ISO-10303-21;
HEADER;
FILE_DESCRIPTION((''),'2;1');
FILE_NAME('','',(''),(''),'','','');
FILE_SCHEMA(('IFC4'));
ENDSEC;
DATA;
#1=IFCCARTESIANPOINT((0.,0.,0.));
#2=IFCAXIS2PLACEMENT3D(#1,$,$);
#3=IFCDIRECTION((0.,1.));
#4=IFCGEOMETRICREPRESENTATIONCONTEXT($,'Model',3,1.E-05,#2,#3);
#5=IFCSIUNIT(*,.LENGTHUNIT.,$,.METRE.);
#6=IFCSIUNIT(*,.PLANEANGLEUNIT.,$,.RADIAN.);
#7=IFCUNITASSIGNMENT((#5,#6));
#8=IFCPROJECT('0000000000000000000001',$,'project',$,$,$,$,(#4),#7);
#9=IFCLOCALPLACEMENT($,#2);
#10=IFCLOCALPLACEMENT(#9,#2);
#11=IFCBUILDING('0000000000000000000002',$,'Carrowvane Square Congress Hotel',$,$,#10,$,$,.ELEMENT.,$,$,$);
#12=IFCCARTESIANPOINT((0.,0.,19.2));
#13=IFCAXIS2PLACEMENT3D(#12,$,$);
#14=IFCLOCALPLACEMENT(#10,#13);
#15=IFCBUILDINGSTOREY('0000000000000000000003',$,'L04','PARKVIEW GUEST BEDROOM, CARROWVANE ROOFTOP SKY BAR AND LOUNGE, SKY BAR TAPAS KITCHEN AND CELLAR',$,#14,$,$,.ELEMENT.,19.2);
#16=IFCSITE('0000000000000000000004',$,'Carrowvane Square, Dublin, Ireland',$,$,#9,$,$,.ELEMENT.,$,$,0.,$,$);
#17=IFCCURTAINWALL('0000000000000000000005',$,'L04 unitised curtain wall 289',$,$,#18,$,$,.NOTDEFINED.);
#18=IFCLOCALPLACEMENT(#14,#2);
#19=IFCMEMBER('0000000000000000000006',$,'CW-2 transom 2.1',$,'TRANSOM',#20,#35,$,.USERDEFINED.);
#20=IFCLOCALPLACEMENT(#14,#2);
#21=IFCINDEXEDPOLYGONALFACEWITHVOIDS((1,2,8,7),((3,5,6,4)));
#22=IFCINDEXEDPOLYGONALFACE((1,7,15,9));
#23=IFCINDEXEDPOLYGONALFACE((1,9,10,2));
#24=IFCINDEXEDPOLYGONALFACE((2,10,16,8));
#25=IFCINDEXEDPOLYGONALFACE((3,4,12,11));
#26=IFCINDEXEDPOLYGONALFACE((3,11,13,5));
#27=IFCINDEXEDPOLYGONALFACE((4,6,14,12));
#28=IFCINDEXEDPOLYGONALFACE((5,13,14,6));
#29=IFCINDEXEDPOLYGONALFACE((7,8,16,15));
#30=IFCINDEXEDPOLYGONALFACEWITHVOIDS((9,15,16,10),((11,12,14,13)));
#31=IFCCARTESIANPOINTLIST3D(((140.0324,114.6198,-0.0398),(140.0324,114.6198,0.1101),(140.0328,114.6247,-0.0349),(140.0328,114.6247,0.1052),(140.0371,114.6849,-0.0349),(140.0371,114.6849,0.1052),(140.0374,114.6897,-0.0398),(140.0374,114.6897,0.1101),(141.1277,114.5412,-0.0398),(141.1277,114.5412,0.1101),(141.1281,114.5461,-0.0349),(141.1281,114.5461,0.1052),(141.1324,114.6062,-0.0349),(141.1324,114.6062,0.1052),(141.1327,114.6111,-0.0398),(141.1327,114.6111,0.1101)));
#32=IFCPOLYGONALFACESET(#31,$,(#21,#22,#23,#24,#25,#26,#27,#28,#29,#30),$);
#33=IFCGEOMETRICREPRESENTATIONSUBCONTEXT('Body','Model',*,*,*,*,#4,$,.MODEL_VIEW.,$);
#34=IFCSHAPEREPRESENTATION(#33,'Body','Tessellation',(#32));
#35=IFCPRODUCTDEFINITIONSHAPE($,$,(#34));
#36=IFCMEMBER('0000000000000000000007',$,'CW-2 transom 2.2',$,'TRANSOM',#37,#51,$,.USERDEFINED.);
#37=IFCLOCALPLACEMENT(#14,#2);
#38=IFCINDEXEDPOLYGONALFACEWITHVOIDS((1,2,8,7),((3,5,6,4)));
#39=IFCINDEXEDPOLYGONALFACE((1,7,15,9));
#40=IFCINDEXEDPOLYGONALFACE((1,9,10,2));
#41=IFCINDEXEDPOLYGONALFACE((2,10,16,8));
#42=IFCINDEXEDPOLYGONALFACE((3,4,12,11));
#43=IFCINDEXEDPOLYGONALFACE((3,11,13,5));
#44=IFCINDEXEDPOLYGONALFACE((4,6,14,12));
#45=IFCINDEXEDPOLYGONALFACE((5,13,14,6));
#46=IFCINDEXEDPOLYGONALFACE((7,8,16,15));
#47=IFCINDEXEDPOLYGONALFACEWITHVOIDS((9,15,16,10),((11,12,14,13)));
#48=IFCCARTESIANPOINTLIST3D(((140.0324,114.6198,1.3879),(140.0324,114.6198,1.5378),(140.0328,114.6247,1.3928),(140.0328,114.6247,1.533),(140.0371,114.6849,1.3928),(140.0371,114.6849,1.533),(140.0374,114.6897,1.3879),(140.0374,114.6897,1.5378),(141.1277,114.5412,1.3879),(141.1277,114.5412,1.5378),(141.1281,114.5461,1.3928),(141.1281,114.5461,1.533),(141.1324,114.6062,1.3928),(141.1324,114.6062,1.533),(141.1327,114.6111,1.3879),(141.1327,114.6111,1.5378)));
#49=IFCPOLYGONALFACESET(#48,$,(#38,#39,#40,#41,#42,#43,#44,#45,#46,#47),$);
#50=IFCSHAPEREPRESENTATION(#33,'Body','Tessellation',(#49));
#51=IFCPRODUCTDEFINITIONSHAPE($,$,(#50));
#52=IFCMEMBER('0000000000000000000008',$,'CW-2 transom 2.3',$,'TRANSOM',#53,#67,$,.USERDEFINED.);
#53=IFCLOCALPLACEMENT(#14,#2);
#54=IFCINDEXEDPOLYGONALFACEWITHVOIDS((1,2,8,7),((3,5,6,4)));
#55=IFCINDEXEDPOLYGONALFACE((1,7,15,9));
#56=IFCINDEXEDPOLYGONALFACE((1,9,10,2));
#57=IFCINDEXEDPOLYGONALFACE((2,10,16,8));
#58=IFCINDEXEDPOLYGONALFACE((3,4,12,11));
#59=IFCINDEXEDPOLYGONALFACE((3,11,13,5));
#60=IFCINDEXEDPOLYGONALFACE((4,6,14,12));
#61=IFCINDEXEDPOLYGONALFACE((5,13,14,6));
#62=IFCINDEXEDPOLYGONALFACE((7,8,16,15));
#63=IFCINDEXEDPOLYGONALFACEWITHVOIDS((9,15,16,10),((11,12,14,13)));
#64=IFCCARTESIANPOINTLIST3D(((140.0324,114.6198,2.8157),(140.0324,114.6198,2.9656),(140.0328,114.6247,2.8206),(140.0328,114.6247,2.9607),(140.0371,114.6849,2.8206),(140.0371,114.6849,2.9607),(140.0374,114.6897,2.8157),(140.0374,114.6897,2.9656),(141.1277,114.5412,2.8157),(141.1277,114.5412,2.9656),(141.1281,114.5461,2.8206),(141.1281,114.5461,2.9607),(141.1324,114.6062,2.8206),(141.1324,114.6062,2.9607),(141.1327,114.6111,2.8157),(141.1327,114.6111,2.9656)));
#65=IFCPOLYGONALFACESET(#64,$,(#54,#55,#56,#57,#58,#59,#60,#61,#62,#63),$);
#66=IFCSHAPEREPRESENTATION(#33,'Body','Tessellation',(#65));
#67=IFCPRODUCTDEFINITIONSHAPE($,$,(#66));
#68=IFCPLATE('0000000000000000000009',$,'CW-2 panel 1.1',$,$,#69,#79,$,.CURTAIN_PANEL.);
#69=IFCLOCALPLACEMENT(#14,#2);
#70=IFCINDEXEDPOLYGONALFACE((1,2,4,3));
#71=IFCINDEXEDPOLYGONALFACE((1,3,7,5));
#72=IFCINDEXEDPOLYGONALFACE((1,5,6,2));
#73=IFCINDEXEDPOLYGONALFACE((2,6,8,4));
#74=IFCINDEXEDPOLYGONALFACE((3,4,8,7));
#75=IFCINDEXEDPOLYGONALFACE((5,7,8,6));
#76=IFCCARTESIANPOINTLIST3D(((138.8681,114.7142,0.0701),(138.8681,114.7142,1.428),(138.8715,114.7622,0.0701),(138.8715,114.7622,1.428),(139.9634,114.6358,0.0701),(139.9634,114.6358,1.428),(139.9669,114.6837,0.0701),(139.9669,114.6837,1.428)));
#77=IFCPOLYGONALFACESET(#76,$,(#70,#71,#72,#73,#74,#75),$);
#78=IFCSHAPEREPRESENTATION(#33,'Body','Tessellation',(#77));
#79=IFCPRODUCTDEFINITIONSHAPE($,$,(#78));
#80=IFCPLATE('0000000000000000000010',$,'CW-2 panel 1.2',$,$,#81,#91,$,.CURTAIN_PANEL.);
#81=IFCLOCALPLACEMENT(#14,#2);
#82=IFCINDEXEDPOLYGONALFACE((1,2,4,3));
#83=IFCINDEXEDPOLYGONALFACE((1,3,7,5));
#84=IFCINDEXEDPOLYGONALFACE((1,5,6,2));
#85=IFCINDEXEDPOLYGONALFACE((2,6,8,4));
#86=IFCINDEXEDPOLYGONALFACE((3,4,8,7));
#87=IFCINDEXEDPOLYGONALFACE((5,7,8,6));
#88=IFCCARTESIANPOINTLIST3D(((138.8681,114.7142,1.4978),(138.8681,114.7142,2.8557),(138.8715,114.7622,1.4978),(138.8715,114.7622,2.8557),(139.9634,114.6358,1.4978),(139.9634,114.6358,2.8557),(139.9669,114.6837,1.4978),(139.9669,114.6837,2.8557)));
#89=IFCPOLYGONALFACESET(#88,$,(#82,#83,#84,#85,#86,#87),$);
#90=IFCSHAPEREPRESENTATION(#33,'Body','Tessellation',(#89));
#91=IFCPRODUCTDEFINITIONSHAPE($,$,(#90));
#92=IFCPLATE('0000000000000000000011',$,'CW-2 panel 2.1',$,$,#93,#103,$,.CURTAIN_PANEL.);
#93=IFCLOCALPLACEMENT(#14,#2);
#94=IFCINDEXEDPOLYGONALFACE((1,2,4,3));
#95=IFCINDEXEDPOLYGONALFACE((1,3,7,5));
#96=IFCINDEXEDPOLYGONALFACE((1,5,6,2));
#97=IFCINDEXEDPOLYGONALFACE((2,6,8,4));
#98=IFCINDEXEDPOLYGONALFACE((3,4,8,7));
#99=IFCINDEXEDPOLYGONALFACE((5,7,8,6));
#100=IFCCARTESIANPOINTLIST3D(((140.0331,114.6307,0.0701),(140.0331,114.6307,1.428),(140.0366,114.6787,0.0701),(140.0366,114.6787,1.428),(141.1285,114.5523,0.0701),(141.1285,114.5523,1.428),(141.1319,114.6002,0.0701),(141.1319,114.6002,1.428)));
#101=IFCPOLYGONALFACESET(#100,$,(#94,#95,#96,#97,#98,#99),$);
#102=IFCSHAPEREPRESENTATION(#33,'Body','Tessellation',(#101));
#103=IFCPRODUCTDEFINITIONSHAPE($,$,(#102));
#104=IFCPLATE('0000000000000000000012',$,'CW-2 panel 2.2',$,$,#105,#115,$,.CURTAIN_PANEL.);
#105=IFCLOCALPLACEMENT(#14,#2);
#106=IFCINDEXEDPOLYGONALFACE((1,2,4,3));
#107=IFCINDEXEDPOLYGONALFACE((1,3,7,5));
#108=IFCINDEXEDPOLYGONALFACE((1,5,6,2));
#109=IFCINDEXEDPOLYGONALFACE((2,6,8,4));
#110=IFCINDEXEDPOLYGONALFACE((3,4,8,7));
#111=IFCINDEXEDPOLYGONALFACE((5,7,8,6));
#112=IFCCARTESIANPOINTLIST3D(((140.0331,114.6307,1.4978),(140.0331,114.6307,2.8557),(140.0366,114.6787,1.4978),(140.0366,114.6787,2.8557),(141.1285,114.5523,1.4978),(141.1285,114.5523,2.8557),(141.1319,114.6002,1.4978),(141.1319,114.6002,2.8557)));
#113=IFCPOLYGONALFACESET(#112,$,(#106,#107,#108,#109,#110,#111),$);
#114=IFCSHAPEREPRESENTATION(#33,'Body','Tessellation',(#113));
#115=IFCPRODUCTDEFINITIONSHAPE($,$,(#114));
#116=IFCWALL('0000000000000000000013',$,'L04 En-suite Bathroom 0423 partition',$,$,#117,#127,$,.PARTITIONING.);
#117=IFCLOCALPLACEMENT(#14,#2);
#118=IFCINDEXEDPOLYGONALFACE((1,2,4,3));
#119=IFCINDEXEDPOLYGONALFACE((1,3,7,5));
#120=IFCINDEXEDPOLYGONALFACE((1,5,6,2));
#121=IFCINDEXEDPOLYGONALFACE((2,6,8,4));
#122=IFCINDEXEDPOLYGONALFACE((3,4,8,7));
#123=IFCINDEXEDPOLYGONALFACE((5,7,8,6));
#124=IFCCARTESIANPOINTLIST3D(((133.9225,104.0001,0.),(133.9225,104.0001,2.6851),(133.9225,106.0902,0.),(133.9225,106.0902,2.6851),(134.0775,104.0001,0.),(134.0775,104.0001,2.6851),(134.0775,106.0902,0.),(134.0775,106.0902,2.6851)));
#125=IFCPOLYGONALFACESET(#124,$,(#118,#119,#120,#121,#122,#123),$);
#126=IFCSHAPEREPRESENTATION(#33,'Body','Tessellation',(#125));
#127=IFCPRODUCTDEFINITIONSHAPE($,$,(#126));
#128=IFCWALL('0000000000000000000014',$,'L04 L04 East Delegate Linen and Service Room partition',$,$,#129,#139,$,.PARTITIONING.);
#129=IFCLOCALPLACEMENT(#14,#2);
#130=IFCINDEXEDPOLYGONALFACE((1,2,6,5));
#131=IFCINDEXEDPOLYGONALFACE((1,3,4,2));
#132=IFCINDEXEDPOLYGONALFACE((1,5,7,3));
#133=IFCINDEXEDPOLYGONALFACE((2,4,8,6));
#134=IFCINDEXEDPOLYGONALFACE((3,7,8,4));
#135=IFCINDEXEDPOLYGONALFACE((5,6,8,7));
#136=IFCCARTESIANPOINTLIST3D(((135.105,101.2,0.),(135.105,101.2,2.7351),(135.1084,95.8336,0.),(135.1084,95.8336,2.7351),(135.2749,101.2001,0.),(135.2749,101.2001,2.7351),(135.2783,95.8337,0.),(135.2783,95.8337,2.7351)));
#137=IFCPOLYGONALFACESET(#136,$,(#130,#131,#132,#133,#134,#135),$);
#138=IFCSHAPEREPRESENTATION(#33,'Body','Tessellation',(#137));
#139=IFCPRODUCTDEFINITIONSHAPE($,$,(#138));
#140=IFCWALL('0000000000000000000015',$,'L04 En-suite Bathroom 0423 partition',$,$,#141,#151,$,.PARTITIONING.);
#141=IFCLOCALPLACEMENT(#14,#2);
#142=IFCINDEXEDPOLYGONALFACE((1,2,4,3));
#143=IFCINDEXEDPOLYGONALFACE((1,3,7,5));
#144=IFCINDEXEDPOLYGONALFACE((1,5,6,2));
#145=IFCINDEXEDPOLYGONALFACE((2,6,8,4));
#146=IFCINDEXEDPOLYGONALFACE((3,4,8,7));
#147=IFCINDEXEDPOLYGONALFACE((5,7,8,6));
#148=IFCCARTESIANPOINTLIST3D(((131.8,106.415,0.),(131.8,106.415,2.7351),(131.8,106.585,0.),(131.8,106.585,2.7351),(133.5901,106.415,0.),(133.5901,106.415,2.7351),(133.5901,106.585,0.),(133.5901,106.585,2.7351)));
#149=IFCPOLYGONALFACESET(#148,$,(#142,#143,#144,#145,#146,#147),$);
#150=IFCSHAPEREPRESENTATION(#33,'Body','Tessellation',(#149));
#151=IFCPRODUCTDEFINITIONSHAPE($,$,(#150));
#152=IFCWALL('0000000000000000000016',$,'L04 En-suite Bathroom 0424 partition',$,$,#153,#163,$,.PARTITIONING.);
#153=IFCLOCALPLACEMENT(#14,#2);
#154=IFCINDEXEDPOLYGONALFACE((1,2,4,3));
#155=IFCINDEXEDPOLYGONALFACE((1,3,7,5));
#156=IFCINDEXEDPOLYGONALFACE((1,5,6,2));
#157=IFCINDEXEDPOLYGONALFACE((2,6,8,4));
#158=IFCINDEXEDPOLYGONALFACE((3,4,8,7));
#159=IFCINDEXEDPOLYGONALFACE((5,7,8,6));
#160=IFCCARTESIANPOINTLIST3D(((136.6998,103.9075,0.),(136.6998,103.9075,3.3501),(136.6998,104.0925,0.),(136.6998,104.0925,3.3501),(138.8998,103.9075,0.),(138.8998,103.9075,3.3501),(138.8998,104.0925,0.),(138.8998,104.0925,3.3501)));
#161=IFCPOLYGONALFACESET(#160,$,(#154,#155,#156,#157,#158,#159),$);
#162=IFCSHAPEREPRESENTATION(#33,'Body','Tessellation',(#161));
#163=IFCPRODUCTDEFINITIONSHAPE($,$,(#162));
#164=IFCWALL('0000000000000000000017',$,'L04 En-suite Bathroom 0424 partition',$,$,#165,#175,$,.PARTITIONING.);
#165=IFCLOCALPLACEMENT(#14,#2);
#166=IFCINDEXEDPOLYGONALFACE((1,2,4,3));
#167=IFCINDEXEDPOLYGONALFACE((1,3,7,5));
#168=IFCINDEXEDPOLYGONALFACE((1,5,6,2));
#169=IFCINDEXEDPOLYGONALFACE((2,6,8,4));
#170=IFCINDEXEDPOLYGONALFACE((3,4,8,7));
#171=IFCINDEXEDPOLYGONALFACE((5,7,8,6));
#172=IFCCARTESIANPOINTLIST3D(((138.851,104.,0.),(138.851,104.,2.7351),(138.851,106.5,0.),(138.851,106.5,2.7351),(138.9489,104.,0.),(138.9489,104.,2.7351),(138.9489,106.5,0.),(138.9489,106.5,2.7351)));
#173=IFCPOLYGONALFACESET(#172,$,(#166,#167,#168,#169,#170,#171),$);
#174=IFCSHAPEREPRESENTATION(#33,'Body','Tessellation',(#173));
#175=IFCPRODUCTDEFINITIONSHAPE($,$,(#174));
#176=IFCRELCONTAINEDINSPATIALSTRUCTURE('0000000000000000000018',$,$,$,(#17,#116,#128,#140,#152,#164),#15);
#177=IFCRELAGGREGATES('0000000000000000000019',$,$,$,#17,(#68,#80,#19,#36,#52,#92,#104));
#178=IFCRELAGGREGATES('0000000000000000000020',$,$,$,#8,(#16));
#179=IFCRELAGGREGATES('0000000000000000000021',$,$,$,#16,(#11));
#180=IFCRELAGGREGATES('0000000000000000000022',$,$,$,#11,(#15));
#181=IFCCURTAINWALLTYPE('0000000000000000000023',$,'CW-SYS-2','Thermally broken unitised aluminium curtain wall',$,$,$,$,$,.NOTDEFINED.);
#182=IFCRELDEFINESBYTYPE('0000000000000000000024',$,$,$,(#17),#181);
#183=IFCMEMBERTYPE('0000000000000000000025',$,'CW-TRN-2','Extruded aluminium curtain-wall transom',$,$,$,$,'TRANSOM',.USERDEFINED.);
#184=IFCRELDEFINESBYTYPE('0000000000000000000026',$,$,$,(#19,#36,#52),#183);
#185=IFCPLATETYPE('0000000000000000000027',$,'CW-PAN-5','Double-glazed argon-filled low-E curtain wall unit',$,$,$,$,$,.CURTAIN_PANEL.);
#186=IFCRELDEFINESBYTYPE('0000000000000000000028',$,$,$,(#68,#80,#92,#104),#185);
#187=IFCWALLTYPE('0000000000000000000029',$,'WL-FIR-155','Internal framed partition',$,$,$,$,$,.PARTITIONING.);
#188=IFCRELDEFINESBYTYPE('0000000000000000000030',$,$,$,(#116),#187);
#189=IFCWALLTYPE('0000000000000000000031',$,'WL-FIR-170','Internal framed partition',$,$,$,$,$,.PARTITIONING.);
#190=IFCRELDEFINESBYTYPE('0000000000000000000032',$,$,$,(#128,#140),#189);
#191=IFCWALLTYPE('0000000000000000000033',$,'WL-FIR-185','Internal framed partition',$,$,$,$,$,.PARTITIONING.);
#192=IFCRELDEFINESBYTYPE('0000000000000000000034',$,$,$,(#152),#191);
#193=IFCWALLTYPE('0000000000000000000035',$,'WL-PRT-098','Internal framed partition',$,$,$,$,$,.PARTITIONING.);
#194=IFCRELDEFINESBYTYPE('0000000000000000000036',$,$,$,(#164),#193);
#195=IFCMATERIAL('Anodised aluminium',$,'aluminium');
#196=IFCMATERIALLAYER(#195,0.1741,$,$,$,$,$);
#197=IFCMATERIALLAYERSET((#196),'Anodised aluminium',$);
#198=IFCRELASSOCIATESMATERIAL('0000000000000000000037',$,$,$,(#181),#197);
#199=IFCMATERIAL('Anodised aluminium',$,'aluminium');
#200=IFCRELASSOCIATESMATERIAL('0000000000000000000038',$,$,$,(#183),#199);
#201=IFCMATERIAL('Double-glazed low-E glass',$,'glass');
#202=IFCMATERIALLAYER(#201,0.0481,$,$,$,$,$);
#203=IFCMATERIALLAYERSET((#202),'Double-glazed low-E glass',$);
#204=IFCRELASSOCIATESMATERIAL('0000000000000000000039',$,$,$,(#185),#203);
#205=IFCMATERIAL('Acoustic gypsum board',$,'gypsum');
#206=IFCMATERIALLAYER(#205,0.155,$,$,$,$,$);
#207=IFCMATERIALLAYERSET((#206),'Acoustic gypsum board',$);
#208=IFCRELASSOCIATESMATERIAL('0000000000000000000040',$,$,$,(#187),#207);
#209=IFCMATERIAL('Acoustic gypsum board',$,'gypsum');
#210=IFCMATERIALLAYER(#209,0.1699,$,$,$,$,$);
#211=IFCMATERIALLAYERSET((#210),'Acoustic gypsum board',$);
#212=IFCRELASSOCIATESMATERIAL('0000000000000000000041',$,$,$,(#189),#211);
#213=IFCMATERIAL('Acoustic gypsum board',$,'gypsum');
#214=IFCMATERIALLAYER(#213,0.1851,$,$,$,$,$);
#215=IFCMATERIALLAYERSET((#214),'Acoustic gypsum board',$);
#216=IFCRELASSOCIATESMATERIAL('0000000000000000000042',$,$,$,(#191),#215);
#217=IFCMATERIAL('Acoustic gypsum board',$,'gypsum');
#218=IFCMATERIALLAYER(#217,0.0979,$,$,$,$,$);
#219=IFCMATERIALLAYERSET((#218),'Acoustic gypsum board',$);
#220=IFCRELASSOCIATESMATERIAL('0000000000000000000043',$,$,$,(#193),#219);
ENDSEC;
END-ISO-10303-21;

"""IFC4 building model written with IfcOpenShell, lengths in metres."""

from ifc_helpers import new_model, si_unit, direction, frame, frame_2d, origin, origin_2d, place, context, subcontext, project, spatial, rectangle, hollow_rectangle, extrude, material, layer, layer_set, material_profile, profile_set, type_object, element, aggregate, save


model = new_model("IFC4")

# Units and contexts
model_context = context("Model", 3, precision=1e-05, world=origin(), true_north=direction((0.0, 1.0)))
body_context = subcontext(model_context, "Body", "Model", "MODEL_VIEW")
ifc_project = project(units=[si_unit("LENGTHUNIT", "METRE"), si_unit("PLANEANGLEUNIT", "RADIAN")], contexts=[model_context])

# Site, building, storey
site_placement = place(None, origin())
site = spatial("IfcSite", under=ifc_project, at=site_placement, Name="Carrowvane Square, Dublin, Ireland", CompositionType="ELEMENT", RefElevation=0.0)
building_placement = place(site_placement, origin())
building = spatial("IfcBuilding", under=site, at=building_placement, Name="Carrowvane Square Congress Hotel", CompositionType="ELEMENT")
storey_placement = place(building_placement, frame((0.0, 0.0, 19.2)))
storey = spatial("IfcBuildingStorey", under=building, at=storey_placement, Name="L04", Description="PARKVIEW GUEST BEDROOM, CARROWVANE ROOFTOP SKY BAR AND LOUNGE, SKY BAR TAPAS KITCHEN AND CELLAR", CompositionType="ELEMENT", Elevation=19.2)

# Curtain wall, members, plates
ifc_material_1 = material(Name="Anodised aluminium", Category="aluminium")
ifc_layer_1 = layer(ifc_material_1, 0.1741)
ifc_layer_set_1 = layer_set([ifc_layer_1], Name="Anodised aluminium")
curtain_wall_type = type_object("IfcCurtainWallType", Name="CW-SYS-2", Description="Thermally broken unitised aluminium curtain wall", PredefinedType="NOTDEFINED", material=ifc_layer_set_1)
curtain_wall_placement = place(storey_placement, origin())
curtain_wall = element("IfcCurtainWall", 1, at=curtain_wall_placement, inside=storey, type_object=curtain_wall_type, Name="L04 unitised curtain wall 289", PredefinedType="NOTDEFINED")
ifc_material_2 = material(Name="Anodised aluminium", Category="aluminium")
ifc_material_profile_1 = material_profile(ifc_material_2, hollow_rectangle(XDim=0.0701, YDim=0.1499, WallThickness=0.0049, at=origin_2d()), Name="CW-TR 70x150x5")
ifc_profile_set_1 = profile_set([ifc_material_profile_1], Name="Anodised aluminium")
member_type_1 = type_object("IfcMemberType", Name="CW-TRN-2", Description="Extruded aluminium curtain-wall transom", ElementType="TRANSOM", PredefinedType="USERDEFINED", material=ifc_profile_set_1)
member_1_placement = place(storey_placement, frame((140.0349, 114.6548, 0.0352), z_axis=(0.997434, -0.071595, 0.0), x_axis=(0.071595, 0.997434, 0.0)))
member_1 = element("IfcMember", 2, at=member_1_placement, type_object=member_type_1, Name="CW-2 transom 2.1", ObjectType="TRANSOM", PredefinedType="USERDEFINED", context=body_context, shape_type="SweptSolid", body=[
    extrude(hollow_rectangle(XDim=0.0701, YDim=0.1499, WallThickness=0.0049, at=origin_2d()), origin(), (0.0, 0.0, 1.0), 1.0981),
])
member_2_placement = place(storey_placement, frame((140.0349, 114.6548, 1.4629), z_axis=(0.997434, -0.071595, 0.0), x_axis=(0.071595, 0.997434, 0.0)))
member_2 = element("IfcMember", 3, at=member_2_placement, type_object=member_type_1, Name="CW-2 transom 2.2", ObjectType="TRANSOM", PredefinedType="USERDEFINED", context=body_context, shape_type="SweptSolid", body=[
    extrude(hollow_rectangle(XDim=0.0701, YDim=0.1499, WallThickness=0.0049, at=origin_2d()), origin(), (0.0, 0.0, 1.0), 1.0981),
])
member_3_placement = place(storey_placement, frame((140.0349, 114.6548, 2.8906), z_axis=(0.997434, -0.071595, 0.0), x_axis=(0.071595, 0.997434, 0.0)))
member_3 = element("IfcMember", 4, at=member_3_placement, type_object=member_type_1, Name="CW-2 transom 2.3", ObjectType="TRANSOM", PredefinedType="USERDEFINED", context=body_context, shape_type="SweptSolid", body=[
    extrude(hollow_rectangle(XDim=0.0701, YDim=0.1499, WallThickness=0.0049, at=origin_2d()), origin(), (0.0, 0.0, 1.0), 1.0981),
])
ifc_material_3 = material(Name="Double-glazed low-E glass", Category="glass")
ifc_layer_2 = layer(ifc_material_3, 0.0481)
ifc_layer_set_2 = layer_set([ifc_layer_2], Name="Double-glazed low-E glass")
plate_type = type_object("IfcPlateType", Name="CW-PAN-5", Description="Double-glazed argon-filled low-E curtain wall unit", PredefinedType="CURTAIN_PANEL", material=ifc_layer_set_2)
plate_1_placement = place(storey_placement, frame((139.4175, 114.699, 0.0701), z_axis=(0.0, 0.0, 1.0), x_axis=(0.997446, -0.071422, 0.0)))
plate_1 = element("IfcPlate", 5, at=plate_1_placement, type_object=plate_type, Name="CW-2 panel 1.1", PredefinedType="CURTAIN_PANEL", context=body_context, shape_type="SweptSolid", body=[
    extrude(rectangle(XDim=1.0981, YDim=0.0481, at=origin_2d()), origin(), (0.0, 0.0, 1.0), 1.3579),
])
plate_2_placement = place(storey_placement, frame((139.4175, 114.699, 1.4978), z_axis=(0.0, 0.0, 1.0), x_axis=(0.997446, -0.071422, 0.0)))
plate_2 = element("IfcPlate", 6, at=plate_2_placement, type_object=plate_type, Name="CW-2 panel 1.2", PredefinedType="CURTAIN_PANEL", context=body_context, shape_type="SweptSolid", body=[
    extrude(rectangle(XDim=1.0981, YDim=0.0481, at=origin_2d()), origin(), (0.0, 0.0, 1.0), 1.3579),
])
plate_3_placement = place(storey_placement, frame((140.5825, 114.6155, 0.0701), z_axis=(0.0, 0.0, 1.0), x_axis=(0.997446, -0.071422, 0.0)))
plate_3 = element("IfcPlate", 7, at=plate_3_placement, type_object=plate_type, Name="CW-2 panel 2.1", PredefinedType="CURTAIN_PANEL", context=body_context, shape_type="SweptSolid", body=[
    extrude(rectangle(XDim=1.0981, YDim=0.0481, at=origin_2d()), origin(), (0.0, 0.0, 1.0), 1.3579),
])
plate_4_placement = place(storey_placement, frame((140.5825, 114.6155, 1.4978), z_axis=(0.0, 0.0, 1.0), x_axis=(0.997446, -0.071422, 0.0)))
plate_4 = element("IfcPlate", 8, at=plate_4_placement, type_object=plate_type, Name="CW-2 panel 2.2", PredefinedType="CURTAIN_PANEL", context=body_context, shape_type="SweptSolid", body=[
    extrude(rectangle(XDim=1.0981, YDim=0.0481, at=origin_2d()), origin(), (0.0, 0.0, 1.0), 1.3579),
])
aggregate(curtain_wall, [plate_1, plate_2, member_1, member_2, member_3, plate_3, plate_4])

# Walls
ifc_material_4 = material(Name="Acoustic gypsum board", Category="gypsum")
ifc_layer_3 = layer(ifc_material_4, 0.155)
ifc_layer_set_3 = layer_set([ifc_layer_3], Name="Acoustic gypsum board")
wall_type_1 = type_object("IfcWallType", Name="WL-FIR-155", Description="Internal framed partition", PredefinedType="PARTITIONING", material=ifc_layer_set_3)
wall_1_placement = place(storey_placement, frame((134.0, 106.0901, 0.0), z_axis=(0.0, 0.0, 1.0), x_axis=(0.0, -1.0, 0.0)))
element("IfcWall", 9, at=wall_1_placement, inside=storey, type_object=wall_type_1, Name="L04 En-suite Bathroom 0423 partition", PredefinedType="PARTITIONING", context=body_context, shape_type="SweptSolid", body=[
    extrude(rectangle(XDim=2.0901, YDim=0.155, at=frame_2d((1.0449, 0.0))), origin(), (0.0, 0.0, 1.0), 2.6851),
])
ifc_material_5 = material(Name="Acoustic gypsum board", Category="gypsum")
ifc_layer_4 = layer(ifc_material_5, 0.1699)
ifc_layer_set_4 = layer_set([ifc_layer_4], Name="Acoustic gypsum board")
wall_type_2 = type_object("IfcWallType", Name="WL-FIR-170", Description="Internal framed partition", PredefinedType="PARTITIONING", material=ifc_layer_set_4)
wall_2_placement = place(storey_placement, frame((135.1899, 101.2, 0.0), z_axis=(0.0, 0.0, 1.0), x_axis=(0.000637, -1.0, 0.0)))
element("IfcWall", 10, at=wall_2_placement, inside=storey, type_object=wall_type_2, Name="L04 L04 East Delegate Linen and Service Room partition", PredefinedType="PARTITIONING", context=body_context, shape_type="SweptSolid", body=[
    extrude(rectangle(XDim=5.3665, YDim=0.1699, at=frame_2d((2.6831, 0.0))), origin(), (0.0, 0.0, 1.0), 2.7351),
])
wall_3_placement = place(storey_placement, frame((131.8, 106.5, 0.0), z_axis=(0.0, 0.0, 1.0), x_axis=(1.0, 0.0, 0.0)))
element("IfcWall", 11, at=wall_3_placement, inside=storey, type_object=wall_type_2, Name="L04 En-suite Bathroom 0423 partition", PredefinedType="PARTITIONING", context=body_context, shape_type="SweptSolid", body=[
    extrude(rectangle(XDim=1.79, YDim=0.1699, at=frame_2d((0.895, 0.0))), origin(), (0.0, 0.0, 1.0), 2.7351),
])
ifc_material_6 = material(Name="Acoustic gypsum board", Category="gypsum")
ifc_layer_5 = layer(ifc_material_6, 0.1851)
ifc_layer_set_5 = layer_set([ifc_layer_5], Name="Acoustic gypsum board")
wall_type_3 = type_object("IfcWallType", Name="WL-FIR-185", Description="Internal framed partition", PredefinedType="PARTITIONING", material=ifc_layer_set_5)
wall_4_placement = place(storey_placement, frame((138.8999, 104.0, 0.0), z_axis=(0.0, 0.0, 1.0), x_axis=(-1.0, 0.0, 0.0)))
element("IfcWall", 12, at=wall_4_placement, inside=storey, type_object=wall_type_3, Name="L04 En-suite Bathroom 0424 partition", PredefinedType="PARTITIONING", context=body_context, shape_type="SweptSolid", body=[
    extrude(rectangle(XDim=2.2, YDim=0.1851, at=frame_2d((1.1001, 0.0))), origin(), (0.0, 0.0, 1.0), 3.3501),
])
ifc_material_7 = material(Name="Acoustic gypsum board", Category="gypsum")
ifc_layer_6 = layer(ifc_material_7, 0.0979)
ifc_layer_set_6 = layer_set([ifc_layer_6], Name="Acoustic gypsum board")
wall_type_4 = type_object("IfcWallType", Name="WL-PRT-098", Description="Internal framed partition", PredefinedType="PARTITIONING", material=ifc_layer_set_6)
wall_5_placement = place(storey_placement, frame((138.8999, 106.5, 0.0), z_axis=(0.0, 0.0, 1.0), x_axis=(0.0, -1.0, 0.0)))
element("IfcWall", 13, at=wall_5_placement, inside=storey, type_object=wall_type_4, Name="L04 En-suite Bathroom 0424 partition", PredefinedType="PARTITIONING", context=body_context, shape_type="SweptSolid", body=[
    extrude(rectangle(XDim=2.5, YDim=0.0979, at=frame_2d((1.25, 0.0))), origin(), (0.0, 0.0, 1.0), 2.7351),
])

save(model, "model.ifc")
